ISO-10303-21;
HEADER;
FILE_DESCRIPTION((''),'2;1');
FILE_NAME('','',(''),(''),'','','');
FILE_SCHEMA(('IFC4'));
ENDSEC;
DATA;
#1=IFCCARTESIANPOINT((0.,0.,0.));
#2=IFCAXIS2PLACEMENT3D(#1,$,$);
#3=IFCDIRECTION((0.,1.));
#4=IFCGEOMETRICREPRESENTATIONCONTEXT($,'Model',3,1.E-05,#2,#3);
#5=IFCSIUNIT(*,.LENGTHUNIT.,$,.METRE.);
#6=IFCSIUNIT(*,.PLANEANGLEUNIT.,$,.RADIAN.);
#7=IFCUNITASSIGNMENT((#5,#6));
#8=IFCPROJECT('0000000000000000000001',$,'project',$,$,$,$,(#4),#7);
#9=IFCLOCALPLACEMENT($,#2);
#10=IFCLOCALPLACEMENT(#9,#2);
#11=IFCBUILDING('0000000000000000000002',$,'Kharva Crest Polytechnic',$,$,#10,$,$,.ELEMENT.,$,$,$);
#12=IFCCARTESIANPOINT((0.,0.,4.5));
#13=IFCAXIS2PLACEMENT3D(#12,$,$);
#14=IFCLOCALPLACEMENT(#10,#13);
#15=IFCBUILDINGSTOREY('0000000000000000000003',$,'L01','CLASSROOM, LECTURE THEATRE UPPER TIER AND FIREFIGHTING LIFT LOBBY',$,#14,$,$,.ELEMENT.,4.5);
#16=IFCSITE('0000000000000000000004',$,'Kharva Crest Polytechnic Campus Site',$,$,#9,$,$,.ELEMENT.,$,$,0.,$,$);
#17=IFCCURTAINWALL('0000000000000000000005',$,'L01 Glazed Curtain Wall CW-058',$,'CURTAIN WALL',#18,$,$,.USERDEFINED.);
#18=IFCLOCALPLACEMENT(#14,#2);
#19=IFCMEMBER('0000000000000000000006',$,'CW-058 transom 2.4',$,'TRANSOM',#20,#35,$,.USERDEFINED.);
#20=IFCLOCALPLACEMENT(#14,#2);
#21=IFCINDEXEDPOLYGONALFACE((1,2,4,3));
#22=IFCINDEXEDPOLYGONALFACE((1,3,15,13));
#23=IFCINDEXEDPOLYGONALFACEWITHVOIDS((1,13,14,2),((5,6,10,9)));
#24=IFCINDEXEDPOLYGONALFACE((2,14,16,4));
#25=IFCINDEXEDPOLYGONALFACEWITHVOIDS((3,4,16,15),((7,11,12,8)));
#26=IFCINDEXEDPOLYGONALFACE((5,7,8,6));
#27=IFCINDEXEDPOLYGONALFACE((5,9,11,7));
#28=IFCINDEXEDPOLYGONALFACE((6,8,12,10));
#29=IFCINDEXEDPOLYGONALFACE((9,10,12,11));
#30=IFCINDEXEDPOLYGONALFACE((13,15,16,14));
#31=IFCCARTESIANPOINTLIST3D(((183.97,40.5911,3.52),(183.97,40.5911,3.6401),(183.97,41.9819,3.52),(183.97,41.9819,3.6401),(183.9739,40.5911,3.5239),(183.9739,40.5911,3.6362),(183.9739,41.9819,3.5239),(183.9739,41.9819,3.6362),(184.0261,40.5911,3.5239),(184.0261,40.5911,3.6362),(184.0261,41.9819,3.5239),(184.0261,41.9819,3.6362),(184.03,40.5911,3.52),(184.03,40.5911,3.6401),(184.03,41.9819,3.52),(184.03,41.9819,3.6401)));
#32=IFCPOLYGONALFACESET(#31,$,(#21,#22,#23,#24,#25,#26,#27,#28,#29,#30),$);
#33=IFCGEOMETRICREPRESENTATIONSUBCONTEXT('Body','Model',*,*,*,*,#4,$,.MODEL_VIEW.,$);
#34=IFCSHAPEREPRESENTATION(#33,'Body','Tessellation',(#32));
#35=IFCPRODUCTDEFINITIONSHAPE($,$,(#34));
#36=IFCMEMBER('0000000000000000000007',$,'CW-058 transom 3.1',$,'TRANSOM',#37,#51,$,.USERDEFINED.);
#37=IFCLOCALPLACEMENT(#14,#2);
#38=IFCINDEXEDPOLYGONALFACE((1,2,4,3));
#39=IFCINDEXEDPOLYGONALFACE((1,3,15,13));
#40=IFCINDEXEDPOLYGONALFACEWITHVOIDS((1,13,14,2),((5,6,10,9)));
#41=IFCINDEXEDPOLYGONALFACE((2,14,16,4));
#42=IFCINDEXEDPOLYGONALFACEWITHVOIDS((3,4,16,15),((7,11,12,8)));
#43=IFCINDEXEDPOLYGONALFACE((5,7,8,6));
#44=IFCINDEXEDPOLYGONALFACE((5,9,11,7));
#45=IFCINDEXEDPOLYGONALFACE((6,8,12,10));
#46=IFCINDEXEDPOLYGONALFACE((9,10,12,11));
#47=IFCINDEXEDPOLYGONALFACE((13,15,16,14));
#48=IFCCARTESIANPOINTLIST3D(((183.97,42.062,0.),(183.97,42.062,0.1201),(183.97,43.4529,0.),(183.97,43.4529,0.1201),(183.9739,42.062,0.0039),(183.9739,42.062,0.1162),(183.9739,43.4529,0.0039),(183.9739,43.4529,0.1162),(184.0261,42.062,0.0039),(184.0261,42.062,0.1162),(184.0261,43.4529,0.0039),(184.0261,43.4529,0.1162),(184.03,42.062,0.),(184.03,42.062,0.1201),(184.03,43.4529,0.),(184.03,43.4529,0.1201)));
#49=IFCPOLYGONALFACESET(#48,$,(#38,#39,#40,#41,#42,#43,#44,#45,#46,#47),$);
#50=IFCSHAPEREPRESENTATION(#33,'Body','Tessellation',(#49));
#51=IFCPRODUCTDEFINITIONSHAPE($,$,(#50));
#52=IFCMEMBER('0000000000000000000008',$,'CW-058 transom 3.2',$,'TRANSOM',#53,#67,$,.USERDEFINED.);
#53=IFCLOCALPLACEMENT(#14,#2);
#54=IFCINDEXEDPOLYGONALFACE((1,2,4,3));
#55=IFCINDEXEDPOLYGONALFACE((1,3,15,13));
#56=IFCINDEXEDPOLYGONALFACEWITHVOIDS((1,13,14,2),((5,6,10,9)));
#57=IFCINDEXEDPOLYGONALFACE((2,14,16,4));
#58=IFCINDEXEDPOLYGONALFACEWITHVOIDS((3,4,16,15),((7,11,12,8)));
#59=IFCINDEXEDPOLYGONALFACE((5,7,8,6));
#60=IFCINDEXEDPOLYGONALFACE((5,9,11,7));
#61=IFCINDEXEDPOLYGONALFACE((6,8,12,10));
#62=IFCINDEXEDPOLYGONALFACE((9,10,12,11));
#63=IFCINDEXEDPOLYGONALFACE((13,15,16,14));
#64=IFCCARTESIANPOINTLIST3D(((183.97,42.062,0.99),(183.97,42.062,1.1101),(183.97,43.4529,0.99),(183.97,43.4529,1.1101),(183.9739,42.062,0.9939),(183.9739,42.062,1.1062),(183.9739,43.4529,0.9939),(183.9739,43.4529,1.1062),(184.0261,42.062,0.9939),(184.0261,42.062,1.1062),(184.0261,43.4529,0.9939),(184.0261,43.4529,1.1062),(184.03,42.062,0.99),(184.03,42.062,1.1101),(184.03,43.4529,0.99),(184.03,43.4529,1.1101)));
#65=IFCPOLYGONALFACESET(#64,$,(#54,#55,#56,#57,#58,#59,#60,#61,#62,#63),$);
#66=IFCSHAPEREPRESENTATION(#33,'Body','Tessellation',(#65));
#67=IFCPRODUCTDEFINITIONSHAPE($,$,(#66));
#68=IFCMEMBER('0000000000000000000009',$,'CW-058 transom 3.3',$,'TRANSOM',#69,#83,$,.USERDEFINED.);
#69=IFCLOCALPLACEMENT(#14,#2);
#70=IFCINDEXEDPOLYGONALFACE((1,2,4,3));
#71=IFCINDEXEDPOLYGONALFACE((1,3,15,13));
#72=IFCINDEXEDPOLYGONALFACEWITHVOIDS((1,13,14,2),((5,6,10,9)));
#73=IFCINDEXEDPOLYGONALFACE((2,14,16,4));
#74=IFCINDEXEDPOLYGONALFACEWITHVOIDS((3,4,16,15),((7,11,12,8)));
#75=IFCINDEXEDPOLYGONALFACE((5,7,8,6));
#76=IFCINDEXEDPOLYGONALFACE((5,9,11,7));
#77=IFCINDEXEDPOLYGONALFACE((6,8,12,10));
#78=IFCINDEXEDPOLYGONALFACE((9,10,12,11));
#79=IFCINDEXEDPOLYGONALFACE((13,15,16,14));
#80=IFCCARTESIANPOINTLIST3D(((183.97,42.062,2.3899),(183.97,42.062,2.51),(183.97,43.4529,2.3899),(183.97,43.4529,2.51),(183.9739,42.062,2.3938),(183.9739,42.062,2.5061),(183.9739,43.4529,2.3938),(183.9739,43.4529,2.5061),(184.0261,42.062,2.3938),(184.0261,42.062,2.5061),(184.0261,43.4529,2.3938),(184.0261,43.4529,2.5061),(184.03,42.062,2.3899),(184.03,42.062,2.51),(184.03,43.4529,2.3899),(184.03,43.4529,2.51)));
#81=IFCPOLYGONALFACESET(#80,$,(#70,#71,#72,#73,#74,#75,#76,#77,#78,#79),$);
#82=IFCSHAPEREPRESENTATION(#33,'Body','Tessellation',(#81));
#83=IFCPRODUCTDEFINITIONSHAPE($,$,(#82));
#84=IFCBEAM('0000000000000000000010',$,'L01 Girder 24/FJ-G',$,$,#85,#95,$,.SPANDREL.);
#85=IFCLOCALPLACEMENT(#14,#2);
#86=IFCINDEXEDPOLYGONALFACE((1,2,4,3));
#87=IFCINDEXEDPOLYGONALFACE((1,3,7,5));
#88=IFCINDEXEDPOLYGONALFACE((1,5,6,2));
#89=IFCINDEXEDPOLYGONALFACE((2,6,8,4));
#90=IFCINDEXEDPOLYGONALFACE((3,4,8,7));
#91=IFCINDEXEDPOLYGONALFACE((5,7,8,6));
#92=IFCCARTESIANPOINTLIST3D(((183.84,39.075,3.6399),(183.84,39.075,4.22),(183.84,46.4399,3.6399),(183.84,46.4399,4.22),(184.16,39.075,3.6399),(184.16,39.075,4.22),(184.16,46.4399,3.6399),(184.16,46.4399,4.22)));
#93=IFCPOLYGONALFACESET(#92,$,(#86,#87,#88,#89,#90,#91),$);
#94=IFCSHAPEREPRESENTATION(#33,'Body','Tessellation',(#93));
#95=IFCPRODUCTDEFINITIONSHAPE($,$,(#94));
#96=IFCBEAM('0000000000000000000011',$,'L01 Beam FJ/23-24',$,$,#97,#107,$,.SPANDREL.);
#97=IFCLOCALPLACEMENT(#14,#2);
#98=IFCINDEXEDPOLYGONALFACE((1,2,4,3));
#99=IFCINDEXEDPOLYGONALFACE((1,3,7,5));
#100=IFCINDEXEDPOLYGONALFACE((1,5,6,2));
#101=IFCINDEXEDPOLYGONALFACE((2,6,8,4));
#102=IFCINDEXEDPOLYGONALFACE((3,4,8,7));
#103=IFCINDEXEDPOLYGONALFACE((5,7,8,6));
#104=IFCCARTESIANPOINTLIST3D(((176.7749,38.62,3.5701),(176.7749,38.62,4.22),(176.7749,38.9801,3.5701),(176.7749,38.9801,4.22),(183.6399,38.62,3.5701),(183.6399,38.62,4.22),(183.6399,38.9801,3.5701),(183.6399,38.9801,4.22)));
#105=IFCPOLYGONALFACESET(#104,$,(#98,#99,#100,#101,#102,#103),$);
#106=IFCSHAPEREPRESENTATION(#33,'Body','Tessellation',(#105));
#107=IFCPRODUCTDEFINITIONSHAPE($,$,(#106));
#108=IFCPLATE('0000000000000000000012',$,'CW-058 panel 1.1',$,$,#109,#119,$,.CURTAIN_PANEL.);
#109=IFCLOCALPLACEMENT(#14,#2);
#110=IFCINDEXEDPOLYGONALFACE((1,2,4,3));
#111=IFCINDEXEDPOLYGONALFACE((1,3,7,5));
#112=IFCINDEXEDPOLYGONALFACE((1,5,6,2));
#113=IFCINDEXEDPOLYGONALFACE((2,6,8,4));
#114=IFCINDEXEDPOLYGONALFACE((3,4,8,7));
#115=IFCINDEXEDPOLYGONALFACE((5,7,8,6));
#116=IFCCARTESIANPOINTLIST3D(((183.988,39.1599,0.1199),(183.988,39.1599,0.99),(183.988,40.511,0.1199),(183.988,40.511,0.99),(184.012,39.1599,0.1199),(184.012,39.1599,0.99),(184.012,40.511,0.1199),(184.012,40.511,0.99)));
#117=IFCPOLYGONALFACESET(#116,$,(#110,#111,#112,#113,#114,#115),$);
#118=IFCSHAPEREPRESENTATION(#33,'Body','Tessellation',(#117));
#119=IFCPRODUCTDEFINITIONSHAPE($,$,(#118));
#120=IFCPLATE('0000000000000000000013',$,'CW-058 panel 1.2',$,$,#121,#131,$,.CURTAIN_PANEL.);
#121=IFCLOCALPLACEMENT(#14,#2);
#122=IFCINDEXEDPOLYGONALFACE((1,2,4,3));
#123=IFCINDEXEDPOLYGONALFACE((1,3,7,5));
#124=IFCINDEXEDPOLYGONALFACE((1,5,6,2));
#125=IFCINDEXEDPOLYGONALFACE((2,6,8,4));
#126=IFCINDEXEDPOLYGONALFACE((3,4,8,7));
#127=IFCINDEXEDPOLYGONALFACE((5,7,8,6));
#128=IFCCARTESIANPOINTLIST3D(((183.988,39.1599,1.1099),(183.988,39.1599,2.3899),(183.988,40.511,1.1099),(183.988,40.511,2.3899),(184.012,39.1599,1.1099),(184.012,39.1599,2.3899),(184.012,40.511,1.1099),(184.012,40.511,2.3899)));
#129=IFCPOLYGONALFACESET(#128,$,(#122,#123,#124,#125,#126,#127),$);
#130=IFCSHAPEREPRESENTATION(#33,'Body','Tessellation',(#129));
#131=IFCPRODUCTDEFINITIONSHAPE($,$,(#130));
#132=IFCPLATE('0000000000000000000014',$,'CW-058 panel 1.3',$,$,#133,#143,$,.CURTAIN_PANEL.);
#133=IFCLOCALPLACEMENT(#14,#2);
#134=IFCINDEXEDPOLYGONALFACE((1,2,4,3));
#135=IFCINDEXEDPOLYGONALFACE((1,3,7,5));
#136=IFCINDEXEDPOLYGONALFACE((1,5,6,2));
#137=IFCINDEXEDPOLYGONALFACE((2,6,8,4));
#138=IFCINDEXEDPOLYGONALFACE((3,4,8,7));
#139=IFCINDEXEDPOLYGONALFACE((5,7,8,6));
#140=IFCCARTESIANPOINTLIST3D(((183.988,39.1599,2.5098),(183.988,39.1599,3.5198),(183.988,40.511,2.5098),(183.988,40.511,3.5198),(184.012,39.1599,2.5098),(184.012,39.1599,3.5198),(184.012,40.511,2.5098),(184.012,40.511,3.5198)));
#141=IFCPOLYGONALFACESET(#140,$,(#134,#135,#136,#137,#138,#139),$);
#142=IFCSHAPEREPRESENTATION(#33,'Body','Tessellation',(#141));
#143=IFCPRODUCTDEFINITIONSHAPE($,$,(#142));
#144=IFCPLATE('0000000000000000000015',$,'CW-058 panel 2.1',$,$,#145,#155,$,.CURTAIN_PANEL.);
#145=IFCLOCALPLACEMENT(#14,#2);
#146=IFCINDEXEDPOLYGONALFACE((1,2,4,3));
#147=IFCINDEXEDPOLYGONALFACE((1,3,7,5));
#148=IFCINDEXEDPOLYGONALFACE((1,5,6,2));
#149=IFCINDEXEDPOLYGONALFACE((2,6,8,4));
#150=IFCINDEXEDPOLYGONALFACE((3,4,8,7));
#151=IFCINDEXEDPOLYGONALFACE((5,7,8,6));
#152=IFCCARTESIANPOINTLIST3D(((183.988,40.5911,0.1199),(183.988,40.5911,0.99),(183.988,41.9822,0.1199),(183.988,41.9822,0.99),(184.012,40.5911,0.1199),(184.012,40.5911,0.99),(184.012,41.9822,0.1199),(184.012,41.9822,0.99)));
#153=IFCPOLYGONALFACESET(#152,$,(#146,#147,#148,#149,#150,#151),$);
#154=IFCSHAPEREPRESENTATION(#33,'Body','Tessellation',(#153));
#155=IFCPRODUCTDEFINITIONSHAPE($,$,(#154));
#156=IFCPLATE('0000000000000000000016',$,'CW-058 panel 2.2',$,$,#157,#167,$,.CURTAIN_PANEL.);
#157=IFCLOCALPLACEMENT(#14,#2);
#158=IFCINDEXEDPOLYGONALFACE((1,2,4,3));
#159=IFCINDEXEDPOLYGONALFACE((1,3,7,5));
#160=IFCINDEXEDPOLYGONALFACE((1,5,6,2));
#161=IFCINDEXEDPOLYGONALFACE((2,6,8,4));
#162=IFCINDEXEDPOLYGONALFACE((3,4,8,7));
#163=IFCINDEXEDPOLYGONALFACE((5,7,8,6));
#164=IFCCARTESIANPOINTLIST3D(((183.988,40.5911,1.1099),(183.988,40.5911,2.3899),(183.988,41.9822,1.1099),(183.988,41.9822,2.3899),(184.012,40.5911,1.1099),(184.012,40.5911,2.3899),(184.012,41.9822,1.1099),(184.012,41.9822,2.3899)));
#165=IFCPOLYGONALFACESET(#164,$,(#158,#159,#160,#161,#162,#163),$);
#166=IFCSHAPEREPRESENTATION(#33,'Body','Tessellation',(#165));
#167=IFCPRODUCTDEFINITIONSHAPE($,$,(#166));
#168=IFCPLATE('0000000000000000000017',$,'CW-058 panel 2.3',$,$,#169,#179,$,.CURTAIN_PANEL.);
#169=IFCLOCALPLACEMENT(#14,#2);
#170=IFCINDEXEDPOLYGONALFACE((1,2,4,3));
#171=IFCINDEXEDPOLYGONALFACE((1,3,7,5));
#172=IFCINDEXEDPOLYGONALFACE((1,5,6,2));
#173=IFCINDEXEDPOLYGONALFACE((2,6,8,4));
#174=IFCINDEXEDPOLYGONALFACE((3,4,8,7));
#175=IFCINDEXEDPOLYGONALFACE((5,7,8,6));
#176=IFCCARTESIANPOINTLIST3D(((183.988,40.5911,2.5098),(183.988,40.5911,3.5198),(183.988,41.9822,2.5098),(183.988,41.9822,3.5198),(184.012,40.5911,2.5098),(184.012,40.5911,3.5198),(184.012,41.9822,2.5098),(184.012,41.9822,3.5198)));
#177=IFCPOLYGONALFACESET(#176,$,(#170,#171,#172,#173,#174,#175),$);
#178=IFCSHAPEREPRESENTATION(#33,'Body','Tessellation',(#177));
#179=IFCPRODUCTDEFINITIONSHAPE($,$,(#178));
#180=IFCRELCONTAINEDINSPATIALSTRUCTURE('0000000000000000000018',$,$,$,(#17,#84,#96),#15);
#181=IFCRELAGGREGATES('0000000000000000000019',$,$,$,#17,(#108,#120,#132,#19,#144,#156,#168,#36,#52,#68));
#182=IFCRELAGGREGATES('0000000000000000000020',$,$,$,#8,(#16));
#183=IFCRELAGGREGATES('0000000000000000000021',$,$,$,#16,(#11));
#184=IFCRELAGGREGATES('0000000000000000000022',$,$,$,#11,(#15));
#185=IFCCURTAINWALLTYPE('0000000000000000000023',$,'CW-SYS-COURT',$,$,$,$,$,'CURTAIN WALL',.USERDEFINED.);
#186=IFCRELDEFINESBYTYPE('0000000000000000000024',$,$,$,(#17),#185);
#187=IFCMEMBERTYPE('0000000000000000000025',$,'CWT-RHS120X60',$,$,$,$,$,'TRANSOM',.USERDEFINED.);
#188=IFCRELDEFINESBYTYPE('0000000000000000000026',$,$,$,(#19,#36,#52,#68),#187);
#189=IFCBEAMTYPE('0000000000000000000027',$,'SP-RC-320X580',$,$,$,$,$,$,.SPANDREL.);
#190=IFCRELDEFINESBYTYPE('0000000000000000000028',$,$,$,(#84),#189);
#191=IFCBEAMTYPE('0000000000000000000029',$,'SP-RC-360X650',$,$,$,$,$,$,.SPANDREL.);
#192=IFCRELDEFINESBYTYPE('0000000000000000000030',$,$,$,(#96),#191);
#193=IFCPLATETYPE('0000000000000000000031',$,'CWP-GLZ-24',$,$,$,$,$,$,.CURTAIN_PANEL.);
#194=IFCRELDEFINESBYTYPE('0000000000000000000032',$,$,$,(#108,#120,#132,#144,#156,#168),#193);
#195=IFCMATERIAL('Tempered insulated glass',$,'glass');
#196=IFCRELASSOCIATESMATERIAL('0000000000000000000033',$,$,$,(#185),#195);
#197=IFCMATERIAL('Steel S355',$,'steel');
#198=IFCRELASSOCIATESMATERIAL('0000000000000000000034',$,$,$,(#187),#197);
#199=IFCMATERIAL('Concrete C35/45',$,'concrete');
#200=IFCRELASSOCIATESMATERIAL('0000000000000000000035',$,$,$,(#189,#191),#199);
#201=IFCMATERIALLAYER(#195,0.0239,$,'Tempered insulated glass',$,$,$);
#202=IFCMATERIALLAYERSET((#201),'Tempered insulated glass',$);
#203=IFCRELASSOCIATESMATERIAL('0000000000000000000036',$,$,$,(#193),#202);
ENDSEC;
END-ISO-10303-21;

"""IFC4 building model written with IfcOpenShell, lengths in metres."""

from ifc_helpers import new_model, si_unit, direction, frame, origin, origin_2d, place, context, subcontext, project, spatial, rectangle, hollow_rectangle, extrude, material, layer, layer_set, material_profile, profile_set, type_object, element, aggregate, save


model = new_model("IFC4")

# Units and contexts
model_context = context("Model", 3, precision=1e-05, world=origin(), true_north=direction((0.0, 1.0)))
body_context = subcontext(model_context, "Body", "Model", "MODEL_VIEW")
ifc_project = project(units=[si_unit("LENGTHUNIT", "METRE"), si_unit("PLANEANGLEUNIT", "RADIAN")], contexts=[model_context])

# Site, building, storey
site_placement = place(None, origin())
site = spatial("IfcSite", under=ifc_project, at=site_placement, Name="Kharva Crest Polytechnic Campus Site", CompositionType="ELEMENT", RefElevation=0.0)
building_placement = place(site_placement, origin())
building = spatial("IfcBuilding", under=site, at=building_placement, Name="Kharva Crest Polytechnic", CompositionType="ELEMENT")
storey_placement = place(building_placement, frame((0.0, 0.0, 4.5)))
storey = spatial("IfcBuildingStorey", under=building, at=storey_placement, Name="L01", Description="CLASSROOM, LECTURE THEATRE UPPER TIER AND FIREFIGHTING LIFT LOBBY", CompositionType="ELEMENT", Elevation=4.5)

# Curtain wall, members
ifc_material_1 = material(Name="Tempered insulated glass", Category="glass")
curtain_wall_type = type_object("IfcCurtainWallType", Name="CW-SYS-COURT", ElementType="CURTAIN WALL", PredefinedType="USERDEFINED", material=ifc_material_1)
curtain_wall_placement = place(storey_placement, origin())
curtain_wall = element("IfcCurtainWall", 1, at=curtain_wall_placement, inside=storey, type_object=curtain_wall_type, Name="L01 Glazed Curtain Wall CW-058", ObjectType="CURTAIN WALL", PredefinedType="USERDEFINED")
ifc_material_2 = material(Name="Steel S355", Category="steel")
ifc_material_profile_1 = material_profile(ifc_material_2, hollow_rectangle(XDim=0.0601, YDim=0.1201, WallThickness=0.0039, at=origin_2d()), Name="RHS 120X60X4.0")
ifc_profile_set_1 = profile_set([ifc_material_profile_1], Name="Steel S355")
member_type_1 = type_object("IfcMemberType", Name="CWT-RHS120X60", ElementType="TRANSOM", PredefinedType="USERDEFINED", material=ifc_profile_set_1)
member_1_placement = place(storey_placement, frame((184.0, 40.5911, 3.5801), z_axis=(0.0, 1.0, 0.0), x_axis=(-1.0, 0.0, 0.0)))
member_1 = element("IfcMember", 2, at=member_1_placement, type_object=member_type_1, Name="CW-058 transom 2.4", ObjectType="TRANSOM", PredefinedType="USERDEFINED", context=body_context, shape_type="SweptSolid", body=[
    extrude(hollow_rectangle(XDim=0.0601, YDim=0.1201, WallThickness=0.0039, at=origin_2d()), origin(), (0.0, 0.0, 1.0), 1.3909),
])
member_2_placement = place(storey_placement, frame((184.0, 42.062, 0.0601), z_axis=(0.0, 1.0, 0.0), x_axis=(-1.0, 0.0, 0.0)))
member_2 = element("IfcMember", 3, at=member_2_placement, type_object=member_type_1, Name="CW-058 transom 3.1", ObjectType="TRANSOM", PredefinedType="USERDEFINED", context=body_context, shape_type="SweptSolid", body=[
    extrude(hollow_rectangle(XDim=0.0601, YDim=0.1201, WallThickness=0.0039, at=origin_2d()), origin(), (0.0, 0.0, 1.0), 1.3909),
])
member_3_placement = place(storey_placement, frame((184.0, 42.062, 1.05), z_axis=(0.0, 1.0, 0.0), x_axis=(-1.0, 0.0, 0.0)))
member_3 = element("IfcMember", 4, at=member_3_placement, type_object=member_type_1, Name="CW-058 transom 3.2", ObjectType="TRANSOM", PredefinedType="USERDEFINED", context=body_context, shape_type="SweptSolid", body=[
    extrude(hollow_rectangle(XDim=0.0601, YDim=0.1201, WallThickness=0.0039, at=origin_2d()), origin(), (0.0, 0.0, 1.0), 1.3909),
])
member_4_placement = place(storey_placement, frame((184.0, 42.062, 2.45), z_axis=(0.0, 1.0, 0.0), x_axis=(-1.0, 0.0, 0.0)))
member_4 = element("IfcMember", 5, at=member_4_placement, type_object=member_type_1, Name="CW-058 transom 3.3", ObjectType="TRANSOM", PredefinedType="USERDEFINED", context=body_context, shape_type="SweptSolid", body=[
    extrude(hollow_rectangle(XDim=0.0601, YDim=0.1201, WallThickness=0.0039, at=origin_2d()), origin(), (0.0, 0.0, 1.0), 1.3909),
])

# Beams
ifc_material_3 = material(Name="Concrete C35/45", Category="concrete")
ifc_material_profile_2 = material_profile(ifc_material_3, rectangle(XDim=0.3201, YDim=0.5801, at=origin_2d()), Name="RECT 320 X 580")
ifc_profile_set_2 = profile_set([ifc_material_profile_2], Name="Concrete C35/45")
beam_type_1 = type_object("IfcBeamType", Name="SP-RC-320X580", PredefinedType="SPANDREL", material=ifc_profile_set_2)
beam_1_placement = place(storey_placement, frame((184.0, 39.075, 3.9299), z_axis=(0.0, 1.0, 0.0), x_axis=(-1.0, 0.0, 0.0)))
element("IfcBeam", 6, at=beam_1_placement, inside=storey, type_object=beam_type_1, Name="L01 Girder 24/FJ-G", PredefinedType="SPANDREL", context=body_context, shape_type="SweptSolid", body=[
    extrude(rectangle(XDim=0.3201, YDim=0.5801, at=origin_2d()), origin(), (0.0, 0.0, 1.0), 7.365),
])
ifc_material_profile_3 = material_profile(ifc_material_3, rectangle(XDim=0.3601, YDim=0.6499, at=origin_2d()), Name="RECT 360 X 650")
ifc_profile_set_3 = profile_set([ifc_material_profile_3], Name="Concrete C35/45")
beam_type_2 = type_object("IfcBeamType", Name="SP-RC-360X650", PredefinedType="SPANDREL", material=ifc_profile_set_3)
beam_2_placement = place(storey_placement, frame((176.7749, 38.8, 3.895), z_axis=(1.0, 0.0, 0.0), x_axis=(0.0, 1.0, 0.0)))
element("IfcBeam", 7, at=beam_2_placement, inside=storey, type_object=beam_type_2, Name="L01 Beam FJ/23-24", PredefinedType="SPANDREL", context=body_context, shape_type="SweptSolid", body=[
    extrude(rectangle(XDim=0.3601, YDim=0.6499, at=origin_2d()), origin(), (0.0, 0.0, 1.0), 6.865),
])

# Plates
ifc_layer_1 = layer(ifc_material_1, 0.0239, Name="Tempered insulated glass")
ifc_layer_set_1 = layer_set([ifc_layer_1], Name="Tempered insulated glass")
plate_type = type_object("IfcPlateType", Name="CWP-GLZ-24", PredefinedType="CURTAIN_PANEL", material=ifc_layer_set_1)
plate_1_placement = place(storey_placement, frame((184.0, 39.8354, 0.1199), z_axis=(0.0, 0.0, 1.0), x_axis=(0.0, 1.0, 0.0)))
plate_1 = element("IfcPlate", 8, at=plate_1_placement, type_object=plate_type, Name="CW-058 panel 1.1", PredefinedType="CURTAIN_PANEL", context=body_context, shape_type="SweptSolid", body=[
    extrude(rectangle(XDim=1.3511, YDim=0.0239, at=origin_2d()), origin(), (0.0, 0.0, 1.0), 0.8701),
])
plate_2_placement = place(storey_placement, frame((184.0, 39.8354, 1.1099), z_axis=(0.0, 0.0, 1.0), x_axis=(0.0, 1.0, 0.0)))
plate_2 = element("IfcPlate", 9, at=plate_2_placement, type_object=plate_type, Name="CW-058 panel 1.2", PredefinedType="CURTAIN_PANEL", context=body_context, shape_type="SweptSolid", body=[
    extrude(rectangle(XDim=1.3511, YDim=0.0239, at=origin_2d()), origin(), (0.0, 0.0, 1.0), 1.28),
])
plate_3_placement = place(storey_placement, frame((184.0, 39.8354, 2.5098), z_axis=(0.0, 0.0, 1.0), x_axis=(0.0, 1.0, 0.0)))
plate_3 = element("IfcPlate", 10, at=plate_3_placement, type_object=plate_type, Name="CW-058 panel 1.3", PredefinedType="CURTAIN_PANEL", context=body_context, shape_type="SweptSolid", body=[
    extrude(rectangle(XDim=1.3511, YDim=0.0239, at=origin_2d()), origin(), (0.0, 0.0, 1.0), 1.01),
])
plate_4_placement = place(storey_placement, frame((184.0, 41.2866, 0.1199), z_axis=(0.0, 0.0, 1.0), x_axis=(0.0, 1.0, 0.0)))
plate_4 = element("IfcPlate", 11, at=plate_4_placement, type_object=plate_type, Name="CW-058 panel 2.1", PredefinedType="CURTAIN_PANEL", context=body_context, shape_type="SweptSolid", body=[
    extrude(rectangle(XDim=1.3911, YDim=0.0239, at=origin_2d()), origin(), (0.0, 0.0, 1.0), 0.8701),
])
plate_5_placement = place(storey_placement, frame((184.0, 41.2866, 1.1099), z_axis=(0.0, 0.0, 1.0), x_axis=(0.0, 1.0, 0.0)))
plate_5 = element("IfcPlate", 12, at=plate_5_placement, type_object=plate_type, Name="CW-058 panel 2.2", PredefinedType="CURTAIN_PANEL", context=body_context, shape_type="SweptSolid", body=[
    extrude(rectangle(XDim=1.3911, YDim=0.0239, at=origin_2d()), origin(), (0.0, 0.0, 1.0), 1.28),
])
plate_6_placement = place(storey_placement, frame((184.0, 41.2866, 2.5098), z_axis=(0.0, 0.0, 1.0), x_axis=(0.0, 1.0, 0.0)))
plate_6 = element("IfcPlate", 13, at=plate_6_placement, type_object=plate_type, Name="CW-058 panel 2.3", PredefinedType="CURTAIN_PANEL", context=body_context, shape_type="SweptSolid", body=[
    extrude(rectangle(XDim=1.3911, YDim=0.0239, at=origin_2d()), origin(), (0.0, 0.0, 1.0), 1.01),
])
aggregate(curtain_wall, [plate_1, plate_2, plate_3, member_1, plate_4, plate_5, plate_6, member_2, member_3, member_4])

save(model, "model.ifc")
